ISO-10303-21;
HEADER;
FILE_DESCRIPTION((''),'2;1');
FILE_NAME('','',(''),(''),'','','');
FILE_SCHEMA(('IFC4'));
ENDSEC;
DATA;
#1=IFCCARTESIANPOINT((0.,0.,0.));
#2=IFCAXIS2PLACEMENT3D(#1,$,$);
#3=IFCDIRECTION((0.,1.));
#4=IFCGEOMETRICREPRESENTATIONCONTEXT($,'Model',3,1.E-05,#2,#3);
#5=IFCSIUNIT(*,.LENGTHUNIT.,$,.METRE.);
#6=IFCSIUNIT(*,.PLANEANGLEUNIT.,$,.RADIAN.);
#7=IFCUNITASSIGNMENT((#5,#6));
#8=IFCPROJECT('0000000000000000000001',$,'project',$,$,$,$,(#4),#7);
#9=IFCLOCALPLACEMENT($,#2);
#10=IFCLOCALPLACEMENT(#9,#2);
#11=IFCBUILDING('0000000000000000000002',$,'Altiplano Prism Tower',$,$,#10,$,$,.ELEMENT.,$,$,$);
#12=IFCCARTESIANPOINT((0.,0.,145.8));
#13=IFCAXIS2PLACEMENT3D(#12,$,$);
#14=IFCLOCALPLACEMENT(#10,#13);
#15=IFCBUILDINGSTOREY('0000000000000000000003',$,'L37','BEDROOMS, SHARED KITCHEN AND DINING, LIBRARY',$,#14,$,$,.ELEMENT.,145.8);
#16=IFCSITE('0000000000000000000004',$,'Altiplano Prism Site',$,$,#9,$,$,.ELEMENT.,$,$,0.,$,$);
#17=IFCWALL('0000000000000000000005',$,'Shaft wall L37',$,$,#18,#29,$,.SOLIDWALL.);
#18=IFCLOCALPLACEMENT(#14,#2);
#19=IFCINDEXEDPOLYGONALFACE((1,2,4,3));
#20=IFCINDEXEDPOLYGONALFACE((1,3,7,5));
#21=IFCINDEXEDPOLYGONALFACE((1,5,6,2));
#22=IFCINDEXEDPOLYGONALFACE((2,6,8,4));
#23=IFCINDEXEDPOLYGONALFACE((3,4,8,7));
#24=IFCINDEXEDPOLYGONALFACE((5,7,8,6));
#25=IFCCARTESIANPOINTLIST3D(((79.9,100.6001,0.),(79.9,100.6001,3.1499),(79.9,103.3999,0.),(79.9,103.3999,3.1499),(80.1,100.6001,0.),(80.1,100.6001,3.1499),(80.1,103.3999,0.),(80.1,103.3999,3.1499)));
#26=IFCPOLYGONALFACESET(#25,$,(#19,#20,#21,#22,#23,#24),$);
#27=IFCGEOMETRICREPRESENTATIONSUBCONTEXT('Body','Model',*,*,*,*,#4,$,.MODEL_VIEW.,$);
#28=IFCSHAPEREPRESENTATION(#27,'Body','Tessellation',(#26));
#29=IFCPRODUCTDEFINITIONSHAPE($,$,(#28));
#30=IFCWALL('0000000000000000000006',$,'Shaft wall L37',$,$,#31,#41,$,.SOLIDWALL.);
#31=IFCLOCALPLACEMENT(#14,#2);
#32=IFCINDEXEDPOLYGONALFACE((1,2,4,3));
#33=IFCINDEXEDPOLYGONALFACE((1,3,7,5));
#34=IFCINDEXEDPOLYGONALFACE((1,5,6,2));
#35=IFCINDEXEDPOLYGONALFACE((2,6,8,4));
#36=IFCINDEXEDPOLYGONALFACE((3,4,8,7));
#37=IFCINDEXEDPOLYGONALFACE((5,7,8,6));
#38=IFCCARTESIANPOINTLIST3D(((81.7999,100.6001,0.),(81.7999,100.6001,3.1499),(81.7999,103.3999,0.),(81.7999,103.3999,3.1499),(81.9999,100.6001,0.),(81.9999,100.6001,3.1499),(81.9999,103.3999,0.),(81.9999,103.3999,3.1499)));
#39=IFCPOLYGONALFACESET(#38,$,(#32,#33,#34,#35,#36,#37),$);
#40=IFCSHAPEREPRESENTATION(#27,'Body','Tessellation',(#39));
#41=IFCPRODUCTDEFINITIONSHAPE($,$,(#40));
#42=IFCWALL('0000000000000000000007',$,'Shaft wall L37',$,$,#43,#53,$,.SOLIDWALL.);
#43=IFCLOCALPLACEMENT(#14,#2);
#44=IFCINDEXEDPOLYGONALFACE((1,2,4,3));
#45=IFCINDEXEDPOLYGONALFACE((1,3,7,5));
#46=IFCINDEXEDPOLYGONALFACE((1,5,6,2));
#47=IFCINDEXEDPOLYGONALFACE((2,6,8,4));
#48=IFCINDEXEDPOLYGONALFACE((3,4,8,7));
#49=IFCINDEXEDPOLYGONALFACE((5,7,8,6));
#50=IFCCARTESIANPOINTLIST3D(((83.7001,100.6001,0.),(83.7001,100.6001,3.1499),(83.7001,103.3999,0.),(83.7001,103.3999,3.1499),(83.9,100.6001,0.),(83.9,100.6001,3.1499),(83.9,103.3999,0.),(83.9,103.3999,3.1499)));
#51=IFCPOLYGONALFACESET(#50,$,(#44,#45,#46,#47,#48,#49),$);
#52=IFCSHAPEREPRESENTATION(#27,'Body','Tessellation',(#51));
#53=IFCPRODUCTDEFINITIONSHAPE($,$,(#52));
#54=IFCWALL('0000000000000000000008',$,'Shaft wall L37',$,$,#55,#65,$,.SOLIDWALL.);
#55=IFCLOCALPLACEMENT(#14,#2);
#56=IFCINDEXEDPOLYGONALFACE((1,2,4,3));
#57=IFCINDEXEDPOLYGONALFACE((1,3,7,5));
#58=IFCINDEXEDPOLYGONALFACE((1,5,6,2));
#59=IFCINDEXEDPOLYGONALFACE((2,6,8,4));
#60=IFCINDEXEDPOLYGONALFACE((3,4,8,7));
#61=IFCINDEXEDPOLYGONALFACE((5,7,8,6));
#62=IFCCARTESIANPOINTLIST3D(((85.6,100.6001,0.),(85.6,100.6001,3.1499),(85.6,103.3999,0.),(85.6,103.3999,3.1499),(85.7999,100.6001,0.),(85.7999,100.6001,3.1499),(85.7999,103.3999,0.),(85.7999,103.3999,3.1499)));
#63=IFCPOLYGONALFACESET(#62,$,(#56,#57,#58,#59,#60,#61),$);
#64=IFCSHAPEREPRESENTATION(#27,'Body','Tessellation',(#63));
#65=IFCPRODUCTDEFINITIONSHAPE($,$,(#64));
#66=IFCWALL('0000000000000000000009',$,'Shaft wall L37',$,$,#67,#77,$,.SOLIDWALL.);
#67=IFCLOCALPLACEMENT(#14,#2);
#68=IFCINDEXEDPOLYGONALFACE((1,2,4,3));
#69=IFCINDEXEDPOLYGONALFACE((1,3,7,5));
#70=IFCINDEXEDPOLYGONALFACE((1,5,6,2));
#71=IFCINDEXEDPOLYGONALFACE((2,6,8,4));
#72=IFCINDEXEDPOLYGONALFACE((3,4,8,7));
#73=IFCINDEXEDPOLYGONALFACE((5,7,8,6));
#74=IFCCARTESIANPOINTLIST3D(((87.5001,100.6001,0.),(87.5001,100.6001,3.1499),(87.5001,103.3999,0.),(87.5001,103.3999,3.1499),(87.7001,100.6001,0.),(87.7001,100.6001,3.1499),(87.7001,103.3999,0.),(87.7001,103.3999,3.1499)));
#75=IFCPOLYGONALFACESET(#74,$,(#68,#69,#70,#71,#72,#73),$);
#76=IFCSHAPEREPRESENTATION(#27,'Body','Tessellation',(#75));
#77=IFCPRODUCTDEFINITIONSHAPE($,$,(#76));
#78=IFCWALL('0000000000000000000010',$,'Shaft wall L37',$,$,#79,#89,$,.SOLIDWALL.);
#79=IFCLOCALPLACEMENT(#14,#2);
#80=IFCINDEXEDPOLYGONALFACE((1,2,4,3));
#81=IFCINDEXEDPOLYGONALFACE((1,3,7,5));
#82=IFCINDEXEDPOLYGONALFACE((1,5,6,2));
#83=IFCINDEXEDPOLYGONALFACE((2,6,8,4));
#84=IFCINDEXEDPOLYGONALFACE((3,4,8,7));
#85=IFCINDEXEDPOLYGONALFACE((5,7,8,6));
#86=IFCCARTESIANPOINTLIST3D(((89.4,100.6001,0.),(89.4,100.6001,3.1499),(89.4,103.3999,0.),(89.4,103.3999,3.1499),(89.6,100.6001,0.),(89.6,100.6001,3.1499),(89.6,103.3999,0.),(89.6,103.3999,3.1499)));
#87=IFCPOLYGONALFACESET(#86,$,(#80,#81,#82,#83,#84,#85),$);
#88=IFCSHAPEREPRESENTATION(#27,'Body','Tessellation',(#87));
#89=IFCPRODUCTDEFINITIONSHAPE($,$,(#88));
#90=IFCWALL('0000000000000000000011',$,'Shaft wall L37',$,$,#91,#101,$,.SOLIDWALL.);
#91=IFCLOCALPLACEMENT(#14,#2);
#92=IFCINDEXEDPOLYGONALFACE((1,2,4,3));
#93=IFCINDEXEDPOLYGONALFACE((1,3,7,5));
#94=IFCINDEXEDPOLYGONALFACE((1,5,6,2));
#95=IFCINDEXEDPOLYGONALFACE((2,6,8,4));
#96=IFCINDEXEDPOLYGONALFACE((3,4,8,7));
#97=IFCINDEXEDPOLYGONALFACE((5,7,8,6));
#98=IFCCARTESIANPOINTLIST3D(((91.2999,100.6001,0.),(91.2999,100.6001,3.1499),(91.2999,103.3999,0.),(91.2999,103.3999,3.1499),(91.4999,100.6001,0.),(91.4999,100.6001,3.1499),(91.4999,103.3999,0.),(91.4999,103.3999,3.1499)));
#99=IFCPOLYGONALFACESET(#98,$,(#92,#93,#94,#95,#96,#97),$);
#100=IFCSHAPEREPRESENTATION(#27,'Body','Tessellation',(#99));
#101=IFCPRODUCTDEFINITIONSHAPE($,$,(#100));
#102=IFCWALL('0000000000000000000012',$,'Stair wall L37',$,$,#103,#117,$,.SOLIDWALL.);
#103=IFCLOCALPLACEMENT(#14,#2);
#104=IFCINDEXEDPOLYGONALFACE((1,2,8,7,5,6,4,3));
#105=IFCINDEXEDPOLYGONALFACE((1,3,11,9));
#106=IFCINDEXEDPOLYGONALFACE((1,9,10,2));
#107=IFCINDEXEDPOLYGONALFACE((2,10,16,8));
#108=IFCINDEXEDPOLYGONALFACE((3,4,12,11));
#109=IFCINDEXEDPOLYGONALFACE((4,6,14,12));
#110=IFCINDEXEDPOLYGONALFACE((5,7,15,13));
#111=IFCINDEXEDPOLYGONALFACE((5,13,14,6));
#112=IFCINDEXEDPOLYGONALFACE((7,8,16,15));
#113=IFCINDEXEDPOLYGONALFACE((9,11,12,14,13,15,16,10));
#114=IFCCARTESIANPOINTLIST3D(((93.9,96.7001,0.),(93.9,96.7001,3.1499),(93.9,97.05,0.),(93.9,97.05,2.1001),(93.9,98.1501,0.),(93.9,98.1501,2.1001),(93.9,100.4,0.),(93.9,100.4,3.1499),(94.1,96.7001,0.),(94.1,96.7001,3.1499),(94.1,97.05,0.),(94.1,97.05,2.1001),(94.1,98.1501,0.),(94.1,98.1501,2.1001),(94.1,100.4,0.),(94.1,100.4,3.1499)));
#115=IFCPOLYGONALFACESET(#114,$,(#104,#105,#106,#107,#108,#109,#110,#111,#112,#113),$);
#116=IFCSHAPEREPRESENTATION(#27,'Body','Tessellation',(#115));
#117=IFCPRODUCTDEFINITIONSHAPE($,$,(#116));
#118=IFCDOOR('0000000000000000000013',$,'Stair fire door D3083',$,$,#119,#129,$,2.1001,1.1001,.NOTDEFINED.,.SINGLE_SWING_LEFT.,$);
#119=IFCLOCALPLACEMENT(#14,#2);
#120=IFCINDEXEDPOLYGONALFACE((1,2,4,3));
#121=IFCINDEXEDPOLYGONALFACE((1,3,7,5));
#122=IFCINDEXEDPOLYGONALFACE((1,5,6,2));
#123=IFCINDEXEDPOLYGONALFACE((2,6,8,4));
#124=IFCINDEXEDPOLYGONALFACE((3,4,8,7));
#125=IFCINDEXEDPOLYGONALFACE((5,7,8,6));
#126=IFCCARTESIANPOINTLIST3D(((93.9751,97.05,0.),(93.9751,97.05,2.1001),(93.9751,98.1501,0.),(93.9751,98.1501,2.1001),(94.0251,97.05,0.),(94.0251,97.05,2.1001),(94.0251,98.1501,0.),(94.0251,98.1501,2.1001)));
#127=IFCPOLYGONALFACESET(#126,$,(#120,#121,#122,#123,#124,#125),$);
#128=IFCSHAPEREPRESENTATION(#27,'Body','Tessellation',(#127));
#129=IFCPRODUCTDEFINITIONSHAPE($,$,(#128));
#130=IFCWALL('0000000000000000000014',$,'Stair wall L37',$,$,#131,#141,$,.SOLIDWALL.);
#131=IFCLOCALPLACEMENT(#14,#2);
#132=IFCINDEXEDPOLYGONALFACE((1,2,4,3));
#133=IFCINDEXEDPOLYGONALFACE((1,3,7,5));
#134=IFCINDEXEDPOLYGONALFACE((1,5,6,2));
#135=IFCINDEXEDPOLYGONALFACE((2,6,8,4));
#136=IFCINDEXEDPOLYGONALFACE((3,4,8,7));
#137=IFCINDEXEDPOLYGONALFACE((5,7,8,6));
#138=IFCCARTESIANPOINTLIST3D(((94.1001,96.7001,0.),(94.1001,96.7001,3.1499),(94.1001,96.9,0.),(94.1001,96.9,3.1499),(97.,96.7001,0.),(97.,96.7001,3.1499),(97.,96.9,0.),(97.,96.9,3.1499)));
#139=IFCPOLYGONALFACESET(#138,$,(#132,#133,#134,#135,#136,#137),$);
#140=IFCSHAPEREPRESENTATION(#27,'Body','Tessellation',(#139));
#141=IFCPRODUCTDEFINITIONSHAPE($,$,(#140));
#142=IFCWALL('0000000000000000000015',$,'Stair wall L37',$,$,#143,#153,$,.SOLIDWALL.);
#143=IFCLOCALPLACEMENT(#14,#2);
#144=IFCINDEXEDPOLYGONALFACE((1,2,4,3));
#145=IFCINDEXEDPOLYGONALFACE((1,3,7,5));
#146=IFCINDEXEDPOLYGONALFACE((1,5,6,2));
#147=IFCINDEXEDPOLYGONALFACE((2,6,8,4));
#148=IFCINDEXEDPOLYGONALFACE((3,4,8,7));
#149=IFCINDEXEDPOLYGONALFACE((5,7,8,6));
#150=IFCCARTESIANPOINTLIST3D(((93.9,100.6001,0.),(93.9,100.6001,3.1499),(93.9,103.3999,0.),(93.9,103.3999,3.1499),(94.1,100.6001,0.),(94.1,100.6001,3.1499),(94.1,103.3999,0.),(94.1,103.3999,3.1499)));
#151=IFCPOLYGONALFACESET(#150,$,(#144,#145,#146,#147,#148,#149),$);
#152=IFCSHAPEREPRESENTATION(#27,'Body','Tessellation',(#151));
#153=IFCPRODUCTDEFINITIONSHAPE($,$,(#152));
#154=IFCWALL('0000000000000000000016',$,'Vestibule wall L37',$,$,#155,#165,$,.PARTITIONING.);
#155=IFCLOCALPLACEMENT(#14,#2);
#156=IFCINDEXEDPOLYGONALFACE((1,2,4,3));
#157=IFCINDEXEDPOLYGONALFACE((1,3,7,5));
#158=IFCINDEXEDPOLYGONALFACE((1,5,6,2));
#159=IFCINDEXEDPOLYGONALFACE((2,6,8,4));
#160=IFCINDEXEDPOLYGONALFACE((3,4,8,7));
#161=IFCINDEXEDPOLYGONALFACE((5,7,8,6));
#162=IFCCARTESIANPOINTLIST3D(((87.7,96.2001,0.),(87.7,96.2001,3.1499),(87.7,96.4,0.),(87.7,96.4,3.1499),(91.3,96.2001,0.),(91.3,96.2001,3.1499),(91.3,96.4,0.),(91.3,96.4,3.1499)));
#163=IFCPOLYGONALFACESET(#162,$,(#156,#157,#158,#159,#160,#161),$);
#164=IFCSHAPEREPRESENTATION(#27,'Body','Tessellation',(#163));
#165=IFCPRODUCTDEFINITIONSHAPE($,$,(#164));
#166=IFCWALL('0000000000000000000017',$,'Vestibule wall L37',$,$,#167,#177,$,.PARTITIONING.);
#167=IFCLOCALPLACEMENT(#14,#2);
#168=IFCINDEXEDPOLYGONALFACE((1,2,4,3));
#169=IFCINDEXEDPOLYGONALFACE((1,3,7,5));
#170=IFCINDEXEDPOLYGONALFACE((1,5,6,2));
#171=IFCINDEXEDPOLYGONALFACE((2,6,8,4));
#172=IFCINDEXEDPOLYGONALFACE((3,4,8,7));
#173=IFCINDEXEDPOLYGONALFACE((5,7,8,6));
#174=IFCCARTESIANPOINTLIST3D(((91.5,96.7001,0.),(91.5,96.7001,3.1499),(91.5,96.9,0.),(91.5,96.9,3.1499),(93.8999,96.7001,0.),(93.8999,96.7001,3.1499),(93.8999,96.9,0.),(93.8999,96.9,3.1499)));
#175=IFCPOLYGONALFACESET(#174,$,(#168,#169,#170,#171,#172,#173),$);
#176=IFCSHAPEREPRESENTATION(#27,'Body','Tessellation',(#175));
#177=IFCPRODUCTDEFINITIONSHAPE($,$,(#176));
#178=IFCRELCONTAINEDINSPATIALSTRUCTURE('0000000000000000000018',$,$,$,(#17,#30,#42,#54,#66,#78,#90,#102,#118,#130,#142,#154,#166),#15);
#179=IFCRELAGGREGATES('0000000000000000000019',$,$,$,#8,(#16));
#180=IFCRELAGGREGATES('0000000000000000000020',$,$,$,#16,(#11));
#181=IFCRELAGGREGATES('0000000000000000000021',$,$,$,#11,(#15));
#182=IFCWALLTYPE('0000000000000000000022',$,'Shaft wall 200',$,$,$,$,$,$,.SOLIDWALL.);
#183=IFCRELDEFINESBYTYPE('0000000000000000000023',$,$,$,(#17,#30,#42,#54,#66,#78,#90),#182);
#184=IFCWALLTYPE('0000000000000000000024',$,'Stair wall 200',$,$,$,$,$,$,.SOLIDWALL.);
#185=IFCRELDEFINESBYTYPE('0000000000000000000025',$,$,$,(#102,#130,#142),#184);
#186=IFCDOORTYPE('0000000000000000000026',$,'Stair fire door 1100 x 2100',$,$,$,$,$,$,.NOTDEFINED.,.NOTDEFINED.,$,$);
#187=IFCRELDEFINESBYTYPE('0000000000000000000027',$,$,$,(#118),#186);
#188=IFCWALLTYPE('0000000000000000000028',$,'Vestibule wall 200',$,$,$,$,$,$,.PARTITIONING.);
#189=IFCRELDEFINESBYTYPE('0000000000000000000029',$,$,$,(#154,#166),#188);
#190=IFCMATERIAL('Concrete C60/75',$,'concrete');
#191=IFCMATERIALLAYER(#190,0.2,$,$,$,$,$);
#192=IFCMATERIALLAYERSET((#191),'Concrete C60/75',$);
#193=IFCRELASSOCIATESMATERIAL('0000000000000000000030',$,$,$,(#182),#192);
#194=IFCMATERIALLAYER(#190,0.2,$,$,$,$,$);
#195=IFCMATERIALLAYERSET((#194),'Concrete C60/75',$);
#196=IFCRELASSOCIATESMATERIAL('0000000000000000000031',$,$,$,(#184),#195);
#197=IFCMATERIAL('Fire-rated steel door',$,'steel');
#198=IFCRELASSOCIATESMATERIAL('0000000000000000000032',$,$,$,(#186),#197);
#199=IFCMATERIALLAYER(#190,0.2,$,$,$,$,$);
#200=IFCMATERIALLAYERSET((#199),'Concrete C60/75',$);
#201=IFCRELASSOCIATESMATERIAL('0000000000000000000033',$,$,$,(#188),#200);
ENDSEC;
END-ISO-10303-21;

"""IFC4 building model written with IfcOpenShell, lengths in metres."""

from ifc_helpers import new_model, si_unit, direction, frame, frame_2d, origin, place, context, subcontext, project, spatial, rectangle, extrude, material, layer, layer_set, type_object, element, fill, save


model = new_model("IFC4")

# Units and contexts
model_context = context("Model", 3, precision=1e-05, world=origin(), true_north=direction((0.0, 1.0)))
body_context = subcontext(model_context, "Body", "Model", "MODEL_VIEW")
ifc_project = project(units=[si_unit("LENGTHUNIT", "METRE"), si_unit("PLANEANGLEUNIT", "RADIAN")], contexts=[model_context])

# Site, building, storey
site_placement = place(None, origin())
site = spatial("IfcSite", under=ifc_project, at=site_placement, Name="Altiplano Prism Site", CompositionType="ELEMENT", RefElevation=0.0)
building_placement = place(site_placement, origin())
building = spatial("IfcBuilding", under=site, at=building_placement, Name="Altiplano Prism Tower", CompositionType="ELEMENT")
storey_placement = place(building_placement, frame((0.0, 0.0, 145.8)))
storey = spatial("IfcBuildingStorey", under=building, at=storey_placement, Name="L37", Description="BEDROOMS, SHARED KITCHEN AND DINING, LIBRARY", CompositionType="ELEMENT", Elevation=145.8)

# Walls
ifc_material_1 = material(Name="Concrete C60/75", Category="concrete")
ifc_layer_1 = layer(ifc_material_1, 0.2)
ifc_layer_set_1 = layer_set([ifc_layer_1], Name="Concrete C60/75")
wall_type_1 = type_object("IfcWallType", Name="Shaft wall 200", PredefinedType="SOLIDWALL", material=ifc_layer_set_1)
for number, where, z_axis, x_axis, name in (
    (1, (80.0, 100.6001, 0.0), (0.0, 0.0, 1.0), (0.0, 1.0, 0.0), "Shaft wall L37"),
    (2, (81.8999, 100.6001, 0.0), (0.0, 0.0, 1.0), (0.0, 1.0, 0.0), "Shaft wall L37"),
    (3, (83.8, 100.6001, 0.0), (0.0, 0.0, 1.0), (0.0, 1.0, 0.0), "Shaft wall L37"),
    (4, (85.7, 100.6001, 0.0), (0.0, 0.0, 1.0), (0.0, 1.0, 0.0), "Shaft wall L37"),
    (5, (87.6001, 100.6001, 0.0), (0.0, 0.0, 1.0), (0.0, 1.0, 0.0), "Shaft wall L37"),
    (6, (89.5, 100.6001, 0.0), (0.0, 0.0, 1.0), (0.0, 1.0, 0.0), "Shaft wall L37"),
    (7, (91.3999, 100.6001, 0.0), (0.0, 0.0, 1.0), (0.0, 1.0, 0.0), "Shaft wall L37"),
):
    element("IfcWall", number, at=place(storey_placement, frame(where, z_axis=z_axis, x_axis=x_axis)), inside=storey, type_object=wall_type_1, Name=name, PredefinedType="SOLIDWALL", context=body_context, shape_type="SweptSolid", body=[
        extrude(rectangle(XDim=2.7998, YDim=0.2, at=frame_2d((1.3999, 0.0))), origin(), (0.0, 0.0, 1.0), 3.1499),
    ])

# Wall, opening, door
ifc_layer_2 = layer(ifc_material_1, 0.2)
ifc_layer_set_2 = layer_set([ifc_layer_2], Name="Concrete C60/75")
wall_type_2 = type_object("IfcWallType", Name="Stair wall 200", PredefinedType="SOLIDWALL", material=ifc_layer_set_2)
wall_1_placement = place(storey_placement, frame((94.0, 96.7, 0.0), z_axis=(0.0, 0.0, 1.0), x_axis=(0.0, 1.0, 0.0)))
wall_1 = element("IfcWall", 8, at=wall_1_placement, inside=storey, type_object=wall_type_2, Name="Stair wall L37", PredefinedType="SOLIDWALL", context=body_context, shape_type="SweptSolid", body=[
    extrude(rectangle(XDim=3.7, YDim=0.2, at=frame_2d((1.8501, 0.0))), origin(), (0.0, 0.0, 1.0), 3.1499),
])
opening_placement = place(wall_1_placement, frame((0.3501, 0.0, 0.0)))
opening = element("IfcOpeningElement", 9, at=opening_placement, cuts=wall_1, PredefinedType="OPENING", context=body_context, shape_type="SweptSolid", body=[
    extrude(rectangle(XDim=1.1001, YDim=2.1001, at=frame_2d((0.55, 1.05))), frame((0.0, 0.1104, 0.0), z_axis=(0.0, -1.0, 0.0), x_axis=(1.0, 0.0, 0.0)), (0.0, 0.0, 1.0), 0.2209),
])
ifc_material_2 = material(Name="Fire-rated steel door", Category="steel")
door_type = type_object("IfcDoorType", Name="Stair fire door 1100 x 2100", OperationType="NOTDEFINED", PredefinedType="NOTDEFINED", material=ifc_material_2)
door_placement = place(opening_placement, origin())
door = element("IfcDoor", 10, at=door_placement, inside=storey, type_object=door_type, Name="Stair fire door D3083", OperationType="SINGLE_SWING_LEFT", OverallHeight=2.1001, OverallWidth=1.1001, PredefinedType="NOTDEFINED", context=body_context, shape_type="SweptSolid", body=[
    extrude(rectangle(XDim=1.1001, YDim=2.1001, at=frame_2d((0.55, 1.05))), frame((0.0, 0.0249, 0.0), z_axis=(0.0, -1.0, 0.0), x_axis=(1.0, 0.0, 0.0)), (0.0, 0.0, 1.0), 0.05),
])
fill(opening, door)

# Walls
wall_2_placement = place(storey_placement, frame((94.1001, 96.8, 0.0), z_axis=(0.0, 0.0, 1.0), x_axis=(1.0, 0.0, 0.0)))
element("IfcWall", 11, at=wall_2_placement, inside=storey, type_object=wall_type_2, Name="Stair wall L37", PredefinedType="SOLIDWALL", context=body_context, shape_type="SweptSolid", body=[
    extrude(rectangle(XDim=2.8999, YDim=0.2, at=frame_2d((1.45, 0.0))), origin(), (0.0, 0.0, 1.0), 3.1499),
])
wall_3_placement = place(storey_placement, frame((94.0, 100.6001, 0.0), z_axis=(0.0, 0.0, 1.0), x_axis=(0.0, 1.0, 0.0)))
element("IfcWall", 12, at=wall_3_placement, inside=storey, type_object=wall_type_2, Name="Stair wall L37", PredefinedType="SOLIDWALL", context=body_context, shape_type="SweptSolid", body=[
    extrude(rectangle(XDim=2.7998, YDim=0.2, at=frame_2d((1.3999, 0.0))), origin(), (0.0, 0.0, 1.0), 3.1499),
])
ifc_layer_3 = layer(ifc_material_1, 0.2)
ifc_layer_set_3 = layer_set([ifc_layer_3], Name="Concrete C60/75")
wall_type_3 = type_object("IfcWallType", Name="Vestibule wall 200", PredefinedType="PARTITIONING", material=ifc_layer_set_3)
wall_4_placement = place(storey_placement, frame((87.7, 96.3, 0.0), z_axis=(0.0, 0.0, 1.0), x_axis=(1.0, 0.0, 0.0)))
element("IfcWall", 13, at=wall_4_placement, inside=storey, type_object=wall_type_3, Name="Vestibule wall L37", PredefinedType="PARTITIONING", context=body_context, shape_type="SweptSolid", body=[
    extrude(rectangle(XDim=3.6001, YDim=0.2, at=frame_2d((1.8, 0.0))), origin(), (0.0, 0.0, 1.0), 3.1499),
])
wall_5_placement = place(storey_placement, frame((91.5, 96.8, 0.0), z_axis=(0.0, 0.0, 1.0), x_axis=(1.0, 0.0, 0.0)))
element("IfcWall", 14, at=wall_5_placement, inside=storey, type_object=wall_type_3, Name="Vestibule wall L37", PredefinedType="PARTITIONING", context=body_context, shape_type="SweptSolid", body=[
    extrude(rectangle(XDim=2.3999, YDim=0.2, at=frame_2d((1.2, 0.0))), origin(), (0.0, 0.0, 1.0), 3.1499),
])

save(model, "model.ifc")
